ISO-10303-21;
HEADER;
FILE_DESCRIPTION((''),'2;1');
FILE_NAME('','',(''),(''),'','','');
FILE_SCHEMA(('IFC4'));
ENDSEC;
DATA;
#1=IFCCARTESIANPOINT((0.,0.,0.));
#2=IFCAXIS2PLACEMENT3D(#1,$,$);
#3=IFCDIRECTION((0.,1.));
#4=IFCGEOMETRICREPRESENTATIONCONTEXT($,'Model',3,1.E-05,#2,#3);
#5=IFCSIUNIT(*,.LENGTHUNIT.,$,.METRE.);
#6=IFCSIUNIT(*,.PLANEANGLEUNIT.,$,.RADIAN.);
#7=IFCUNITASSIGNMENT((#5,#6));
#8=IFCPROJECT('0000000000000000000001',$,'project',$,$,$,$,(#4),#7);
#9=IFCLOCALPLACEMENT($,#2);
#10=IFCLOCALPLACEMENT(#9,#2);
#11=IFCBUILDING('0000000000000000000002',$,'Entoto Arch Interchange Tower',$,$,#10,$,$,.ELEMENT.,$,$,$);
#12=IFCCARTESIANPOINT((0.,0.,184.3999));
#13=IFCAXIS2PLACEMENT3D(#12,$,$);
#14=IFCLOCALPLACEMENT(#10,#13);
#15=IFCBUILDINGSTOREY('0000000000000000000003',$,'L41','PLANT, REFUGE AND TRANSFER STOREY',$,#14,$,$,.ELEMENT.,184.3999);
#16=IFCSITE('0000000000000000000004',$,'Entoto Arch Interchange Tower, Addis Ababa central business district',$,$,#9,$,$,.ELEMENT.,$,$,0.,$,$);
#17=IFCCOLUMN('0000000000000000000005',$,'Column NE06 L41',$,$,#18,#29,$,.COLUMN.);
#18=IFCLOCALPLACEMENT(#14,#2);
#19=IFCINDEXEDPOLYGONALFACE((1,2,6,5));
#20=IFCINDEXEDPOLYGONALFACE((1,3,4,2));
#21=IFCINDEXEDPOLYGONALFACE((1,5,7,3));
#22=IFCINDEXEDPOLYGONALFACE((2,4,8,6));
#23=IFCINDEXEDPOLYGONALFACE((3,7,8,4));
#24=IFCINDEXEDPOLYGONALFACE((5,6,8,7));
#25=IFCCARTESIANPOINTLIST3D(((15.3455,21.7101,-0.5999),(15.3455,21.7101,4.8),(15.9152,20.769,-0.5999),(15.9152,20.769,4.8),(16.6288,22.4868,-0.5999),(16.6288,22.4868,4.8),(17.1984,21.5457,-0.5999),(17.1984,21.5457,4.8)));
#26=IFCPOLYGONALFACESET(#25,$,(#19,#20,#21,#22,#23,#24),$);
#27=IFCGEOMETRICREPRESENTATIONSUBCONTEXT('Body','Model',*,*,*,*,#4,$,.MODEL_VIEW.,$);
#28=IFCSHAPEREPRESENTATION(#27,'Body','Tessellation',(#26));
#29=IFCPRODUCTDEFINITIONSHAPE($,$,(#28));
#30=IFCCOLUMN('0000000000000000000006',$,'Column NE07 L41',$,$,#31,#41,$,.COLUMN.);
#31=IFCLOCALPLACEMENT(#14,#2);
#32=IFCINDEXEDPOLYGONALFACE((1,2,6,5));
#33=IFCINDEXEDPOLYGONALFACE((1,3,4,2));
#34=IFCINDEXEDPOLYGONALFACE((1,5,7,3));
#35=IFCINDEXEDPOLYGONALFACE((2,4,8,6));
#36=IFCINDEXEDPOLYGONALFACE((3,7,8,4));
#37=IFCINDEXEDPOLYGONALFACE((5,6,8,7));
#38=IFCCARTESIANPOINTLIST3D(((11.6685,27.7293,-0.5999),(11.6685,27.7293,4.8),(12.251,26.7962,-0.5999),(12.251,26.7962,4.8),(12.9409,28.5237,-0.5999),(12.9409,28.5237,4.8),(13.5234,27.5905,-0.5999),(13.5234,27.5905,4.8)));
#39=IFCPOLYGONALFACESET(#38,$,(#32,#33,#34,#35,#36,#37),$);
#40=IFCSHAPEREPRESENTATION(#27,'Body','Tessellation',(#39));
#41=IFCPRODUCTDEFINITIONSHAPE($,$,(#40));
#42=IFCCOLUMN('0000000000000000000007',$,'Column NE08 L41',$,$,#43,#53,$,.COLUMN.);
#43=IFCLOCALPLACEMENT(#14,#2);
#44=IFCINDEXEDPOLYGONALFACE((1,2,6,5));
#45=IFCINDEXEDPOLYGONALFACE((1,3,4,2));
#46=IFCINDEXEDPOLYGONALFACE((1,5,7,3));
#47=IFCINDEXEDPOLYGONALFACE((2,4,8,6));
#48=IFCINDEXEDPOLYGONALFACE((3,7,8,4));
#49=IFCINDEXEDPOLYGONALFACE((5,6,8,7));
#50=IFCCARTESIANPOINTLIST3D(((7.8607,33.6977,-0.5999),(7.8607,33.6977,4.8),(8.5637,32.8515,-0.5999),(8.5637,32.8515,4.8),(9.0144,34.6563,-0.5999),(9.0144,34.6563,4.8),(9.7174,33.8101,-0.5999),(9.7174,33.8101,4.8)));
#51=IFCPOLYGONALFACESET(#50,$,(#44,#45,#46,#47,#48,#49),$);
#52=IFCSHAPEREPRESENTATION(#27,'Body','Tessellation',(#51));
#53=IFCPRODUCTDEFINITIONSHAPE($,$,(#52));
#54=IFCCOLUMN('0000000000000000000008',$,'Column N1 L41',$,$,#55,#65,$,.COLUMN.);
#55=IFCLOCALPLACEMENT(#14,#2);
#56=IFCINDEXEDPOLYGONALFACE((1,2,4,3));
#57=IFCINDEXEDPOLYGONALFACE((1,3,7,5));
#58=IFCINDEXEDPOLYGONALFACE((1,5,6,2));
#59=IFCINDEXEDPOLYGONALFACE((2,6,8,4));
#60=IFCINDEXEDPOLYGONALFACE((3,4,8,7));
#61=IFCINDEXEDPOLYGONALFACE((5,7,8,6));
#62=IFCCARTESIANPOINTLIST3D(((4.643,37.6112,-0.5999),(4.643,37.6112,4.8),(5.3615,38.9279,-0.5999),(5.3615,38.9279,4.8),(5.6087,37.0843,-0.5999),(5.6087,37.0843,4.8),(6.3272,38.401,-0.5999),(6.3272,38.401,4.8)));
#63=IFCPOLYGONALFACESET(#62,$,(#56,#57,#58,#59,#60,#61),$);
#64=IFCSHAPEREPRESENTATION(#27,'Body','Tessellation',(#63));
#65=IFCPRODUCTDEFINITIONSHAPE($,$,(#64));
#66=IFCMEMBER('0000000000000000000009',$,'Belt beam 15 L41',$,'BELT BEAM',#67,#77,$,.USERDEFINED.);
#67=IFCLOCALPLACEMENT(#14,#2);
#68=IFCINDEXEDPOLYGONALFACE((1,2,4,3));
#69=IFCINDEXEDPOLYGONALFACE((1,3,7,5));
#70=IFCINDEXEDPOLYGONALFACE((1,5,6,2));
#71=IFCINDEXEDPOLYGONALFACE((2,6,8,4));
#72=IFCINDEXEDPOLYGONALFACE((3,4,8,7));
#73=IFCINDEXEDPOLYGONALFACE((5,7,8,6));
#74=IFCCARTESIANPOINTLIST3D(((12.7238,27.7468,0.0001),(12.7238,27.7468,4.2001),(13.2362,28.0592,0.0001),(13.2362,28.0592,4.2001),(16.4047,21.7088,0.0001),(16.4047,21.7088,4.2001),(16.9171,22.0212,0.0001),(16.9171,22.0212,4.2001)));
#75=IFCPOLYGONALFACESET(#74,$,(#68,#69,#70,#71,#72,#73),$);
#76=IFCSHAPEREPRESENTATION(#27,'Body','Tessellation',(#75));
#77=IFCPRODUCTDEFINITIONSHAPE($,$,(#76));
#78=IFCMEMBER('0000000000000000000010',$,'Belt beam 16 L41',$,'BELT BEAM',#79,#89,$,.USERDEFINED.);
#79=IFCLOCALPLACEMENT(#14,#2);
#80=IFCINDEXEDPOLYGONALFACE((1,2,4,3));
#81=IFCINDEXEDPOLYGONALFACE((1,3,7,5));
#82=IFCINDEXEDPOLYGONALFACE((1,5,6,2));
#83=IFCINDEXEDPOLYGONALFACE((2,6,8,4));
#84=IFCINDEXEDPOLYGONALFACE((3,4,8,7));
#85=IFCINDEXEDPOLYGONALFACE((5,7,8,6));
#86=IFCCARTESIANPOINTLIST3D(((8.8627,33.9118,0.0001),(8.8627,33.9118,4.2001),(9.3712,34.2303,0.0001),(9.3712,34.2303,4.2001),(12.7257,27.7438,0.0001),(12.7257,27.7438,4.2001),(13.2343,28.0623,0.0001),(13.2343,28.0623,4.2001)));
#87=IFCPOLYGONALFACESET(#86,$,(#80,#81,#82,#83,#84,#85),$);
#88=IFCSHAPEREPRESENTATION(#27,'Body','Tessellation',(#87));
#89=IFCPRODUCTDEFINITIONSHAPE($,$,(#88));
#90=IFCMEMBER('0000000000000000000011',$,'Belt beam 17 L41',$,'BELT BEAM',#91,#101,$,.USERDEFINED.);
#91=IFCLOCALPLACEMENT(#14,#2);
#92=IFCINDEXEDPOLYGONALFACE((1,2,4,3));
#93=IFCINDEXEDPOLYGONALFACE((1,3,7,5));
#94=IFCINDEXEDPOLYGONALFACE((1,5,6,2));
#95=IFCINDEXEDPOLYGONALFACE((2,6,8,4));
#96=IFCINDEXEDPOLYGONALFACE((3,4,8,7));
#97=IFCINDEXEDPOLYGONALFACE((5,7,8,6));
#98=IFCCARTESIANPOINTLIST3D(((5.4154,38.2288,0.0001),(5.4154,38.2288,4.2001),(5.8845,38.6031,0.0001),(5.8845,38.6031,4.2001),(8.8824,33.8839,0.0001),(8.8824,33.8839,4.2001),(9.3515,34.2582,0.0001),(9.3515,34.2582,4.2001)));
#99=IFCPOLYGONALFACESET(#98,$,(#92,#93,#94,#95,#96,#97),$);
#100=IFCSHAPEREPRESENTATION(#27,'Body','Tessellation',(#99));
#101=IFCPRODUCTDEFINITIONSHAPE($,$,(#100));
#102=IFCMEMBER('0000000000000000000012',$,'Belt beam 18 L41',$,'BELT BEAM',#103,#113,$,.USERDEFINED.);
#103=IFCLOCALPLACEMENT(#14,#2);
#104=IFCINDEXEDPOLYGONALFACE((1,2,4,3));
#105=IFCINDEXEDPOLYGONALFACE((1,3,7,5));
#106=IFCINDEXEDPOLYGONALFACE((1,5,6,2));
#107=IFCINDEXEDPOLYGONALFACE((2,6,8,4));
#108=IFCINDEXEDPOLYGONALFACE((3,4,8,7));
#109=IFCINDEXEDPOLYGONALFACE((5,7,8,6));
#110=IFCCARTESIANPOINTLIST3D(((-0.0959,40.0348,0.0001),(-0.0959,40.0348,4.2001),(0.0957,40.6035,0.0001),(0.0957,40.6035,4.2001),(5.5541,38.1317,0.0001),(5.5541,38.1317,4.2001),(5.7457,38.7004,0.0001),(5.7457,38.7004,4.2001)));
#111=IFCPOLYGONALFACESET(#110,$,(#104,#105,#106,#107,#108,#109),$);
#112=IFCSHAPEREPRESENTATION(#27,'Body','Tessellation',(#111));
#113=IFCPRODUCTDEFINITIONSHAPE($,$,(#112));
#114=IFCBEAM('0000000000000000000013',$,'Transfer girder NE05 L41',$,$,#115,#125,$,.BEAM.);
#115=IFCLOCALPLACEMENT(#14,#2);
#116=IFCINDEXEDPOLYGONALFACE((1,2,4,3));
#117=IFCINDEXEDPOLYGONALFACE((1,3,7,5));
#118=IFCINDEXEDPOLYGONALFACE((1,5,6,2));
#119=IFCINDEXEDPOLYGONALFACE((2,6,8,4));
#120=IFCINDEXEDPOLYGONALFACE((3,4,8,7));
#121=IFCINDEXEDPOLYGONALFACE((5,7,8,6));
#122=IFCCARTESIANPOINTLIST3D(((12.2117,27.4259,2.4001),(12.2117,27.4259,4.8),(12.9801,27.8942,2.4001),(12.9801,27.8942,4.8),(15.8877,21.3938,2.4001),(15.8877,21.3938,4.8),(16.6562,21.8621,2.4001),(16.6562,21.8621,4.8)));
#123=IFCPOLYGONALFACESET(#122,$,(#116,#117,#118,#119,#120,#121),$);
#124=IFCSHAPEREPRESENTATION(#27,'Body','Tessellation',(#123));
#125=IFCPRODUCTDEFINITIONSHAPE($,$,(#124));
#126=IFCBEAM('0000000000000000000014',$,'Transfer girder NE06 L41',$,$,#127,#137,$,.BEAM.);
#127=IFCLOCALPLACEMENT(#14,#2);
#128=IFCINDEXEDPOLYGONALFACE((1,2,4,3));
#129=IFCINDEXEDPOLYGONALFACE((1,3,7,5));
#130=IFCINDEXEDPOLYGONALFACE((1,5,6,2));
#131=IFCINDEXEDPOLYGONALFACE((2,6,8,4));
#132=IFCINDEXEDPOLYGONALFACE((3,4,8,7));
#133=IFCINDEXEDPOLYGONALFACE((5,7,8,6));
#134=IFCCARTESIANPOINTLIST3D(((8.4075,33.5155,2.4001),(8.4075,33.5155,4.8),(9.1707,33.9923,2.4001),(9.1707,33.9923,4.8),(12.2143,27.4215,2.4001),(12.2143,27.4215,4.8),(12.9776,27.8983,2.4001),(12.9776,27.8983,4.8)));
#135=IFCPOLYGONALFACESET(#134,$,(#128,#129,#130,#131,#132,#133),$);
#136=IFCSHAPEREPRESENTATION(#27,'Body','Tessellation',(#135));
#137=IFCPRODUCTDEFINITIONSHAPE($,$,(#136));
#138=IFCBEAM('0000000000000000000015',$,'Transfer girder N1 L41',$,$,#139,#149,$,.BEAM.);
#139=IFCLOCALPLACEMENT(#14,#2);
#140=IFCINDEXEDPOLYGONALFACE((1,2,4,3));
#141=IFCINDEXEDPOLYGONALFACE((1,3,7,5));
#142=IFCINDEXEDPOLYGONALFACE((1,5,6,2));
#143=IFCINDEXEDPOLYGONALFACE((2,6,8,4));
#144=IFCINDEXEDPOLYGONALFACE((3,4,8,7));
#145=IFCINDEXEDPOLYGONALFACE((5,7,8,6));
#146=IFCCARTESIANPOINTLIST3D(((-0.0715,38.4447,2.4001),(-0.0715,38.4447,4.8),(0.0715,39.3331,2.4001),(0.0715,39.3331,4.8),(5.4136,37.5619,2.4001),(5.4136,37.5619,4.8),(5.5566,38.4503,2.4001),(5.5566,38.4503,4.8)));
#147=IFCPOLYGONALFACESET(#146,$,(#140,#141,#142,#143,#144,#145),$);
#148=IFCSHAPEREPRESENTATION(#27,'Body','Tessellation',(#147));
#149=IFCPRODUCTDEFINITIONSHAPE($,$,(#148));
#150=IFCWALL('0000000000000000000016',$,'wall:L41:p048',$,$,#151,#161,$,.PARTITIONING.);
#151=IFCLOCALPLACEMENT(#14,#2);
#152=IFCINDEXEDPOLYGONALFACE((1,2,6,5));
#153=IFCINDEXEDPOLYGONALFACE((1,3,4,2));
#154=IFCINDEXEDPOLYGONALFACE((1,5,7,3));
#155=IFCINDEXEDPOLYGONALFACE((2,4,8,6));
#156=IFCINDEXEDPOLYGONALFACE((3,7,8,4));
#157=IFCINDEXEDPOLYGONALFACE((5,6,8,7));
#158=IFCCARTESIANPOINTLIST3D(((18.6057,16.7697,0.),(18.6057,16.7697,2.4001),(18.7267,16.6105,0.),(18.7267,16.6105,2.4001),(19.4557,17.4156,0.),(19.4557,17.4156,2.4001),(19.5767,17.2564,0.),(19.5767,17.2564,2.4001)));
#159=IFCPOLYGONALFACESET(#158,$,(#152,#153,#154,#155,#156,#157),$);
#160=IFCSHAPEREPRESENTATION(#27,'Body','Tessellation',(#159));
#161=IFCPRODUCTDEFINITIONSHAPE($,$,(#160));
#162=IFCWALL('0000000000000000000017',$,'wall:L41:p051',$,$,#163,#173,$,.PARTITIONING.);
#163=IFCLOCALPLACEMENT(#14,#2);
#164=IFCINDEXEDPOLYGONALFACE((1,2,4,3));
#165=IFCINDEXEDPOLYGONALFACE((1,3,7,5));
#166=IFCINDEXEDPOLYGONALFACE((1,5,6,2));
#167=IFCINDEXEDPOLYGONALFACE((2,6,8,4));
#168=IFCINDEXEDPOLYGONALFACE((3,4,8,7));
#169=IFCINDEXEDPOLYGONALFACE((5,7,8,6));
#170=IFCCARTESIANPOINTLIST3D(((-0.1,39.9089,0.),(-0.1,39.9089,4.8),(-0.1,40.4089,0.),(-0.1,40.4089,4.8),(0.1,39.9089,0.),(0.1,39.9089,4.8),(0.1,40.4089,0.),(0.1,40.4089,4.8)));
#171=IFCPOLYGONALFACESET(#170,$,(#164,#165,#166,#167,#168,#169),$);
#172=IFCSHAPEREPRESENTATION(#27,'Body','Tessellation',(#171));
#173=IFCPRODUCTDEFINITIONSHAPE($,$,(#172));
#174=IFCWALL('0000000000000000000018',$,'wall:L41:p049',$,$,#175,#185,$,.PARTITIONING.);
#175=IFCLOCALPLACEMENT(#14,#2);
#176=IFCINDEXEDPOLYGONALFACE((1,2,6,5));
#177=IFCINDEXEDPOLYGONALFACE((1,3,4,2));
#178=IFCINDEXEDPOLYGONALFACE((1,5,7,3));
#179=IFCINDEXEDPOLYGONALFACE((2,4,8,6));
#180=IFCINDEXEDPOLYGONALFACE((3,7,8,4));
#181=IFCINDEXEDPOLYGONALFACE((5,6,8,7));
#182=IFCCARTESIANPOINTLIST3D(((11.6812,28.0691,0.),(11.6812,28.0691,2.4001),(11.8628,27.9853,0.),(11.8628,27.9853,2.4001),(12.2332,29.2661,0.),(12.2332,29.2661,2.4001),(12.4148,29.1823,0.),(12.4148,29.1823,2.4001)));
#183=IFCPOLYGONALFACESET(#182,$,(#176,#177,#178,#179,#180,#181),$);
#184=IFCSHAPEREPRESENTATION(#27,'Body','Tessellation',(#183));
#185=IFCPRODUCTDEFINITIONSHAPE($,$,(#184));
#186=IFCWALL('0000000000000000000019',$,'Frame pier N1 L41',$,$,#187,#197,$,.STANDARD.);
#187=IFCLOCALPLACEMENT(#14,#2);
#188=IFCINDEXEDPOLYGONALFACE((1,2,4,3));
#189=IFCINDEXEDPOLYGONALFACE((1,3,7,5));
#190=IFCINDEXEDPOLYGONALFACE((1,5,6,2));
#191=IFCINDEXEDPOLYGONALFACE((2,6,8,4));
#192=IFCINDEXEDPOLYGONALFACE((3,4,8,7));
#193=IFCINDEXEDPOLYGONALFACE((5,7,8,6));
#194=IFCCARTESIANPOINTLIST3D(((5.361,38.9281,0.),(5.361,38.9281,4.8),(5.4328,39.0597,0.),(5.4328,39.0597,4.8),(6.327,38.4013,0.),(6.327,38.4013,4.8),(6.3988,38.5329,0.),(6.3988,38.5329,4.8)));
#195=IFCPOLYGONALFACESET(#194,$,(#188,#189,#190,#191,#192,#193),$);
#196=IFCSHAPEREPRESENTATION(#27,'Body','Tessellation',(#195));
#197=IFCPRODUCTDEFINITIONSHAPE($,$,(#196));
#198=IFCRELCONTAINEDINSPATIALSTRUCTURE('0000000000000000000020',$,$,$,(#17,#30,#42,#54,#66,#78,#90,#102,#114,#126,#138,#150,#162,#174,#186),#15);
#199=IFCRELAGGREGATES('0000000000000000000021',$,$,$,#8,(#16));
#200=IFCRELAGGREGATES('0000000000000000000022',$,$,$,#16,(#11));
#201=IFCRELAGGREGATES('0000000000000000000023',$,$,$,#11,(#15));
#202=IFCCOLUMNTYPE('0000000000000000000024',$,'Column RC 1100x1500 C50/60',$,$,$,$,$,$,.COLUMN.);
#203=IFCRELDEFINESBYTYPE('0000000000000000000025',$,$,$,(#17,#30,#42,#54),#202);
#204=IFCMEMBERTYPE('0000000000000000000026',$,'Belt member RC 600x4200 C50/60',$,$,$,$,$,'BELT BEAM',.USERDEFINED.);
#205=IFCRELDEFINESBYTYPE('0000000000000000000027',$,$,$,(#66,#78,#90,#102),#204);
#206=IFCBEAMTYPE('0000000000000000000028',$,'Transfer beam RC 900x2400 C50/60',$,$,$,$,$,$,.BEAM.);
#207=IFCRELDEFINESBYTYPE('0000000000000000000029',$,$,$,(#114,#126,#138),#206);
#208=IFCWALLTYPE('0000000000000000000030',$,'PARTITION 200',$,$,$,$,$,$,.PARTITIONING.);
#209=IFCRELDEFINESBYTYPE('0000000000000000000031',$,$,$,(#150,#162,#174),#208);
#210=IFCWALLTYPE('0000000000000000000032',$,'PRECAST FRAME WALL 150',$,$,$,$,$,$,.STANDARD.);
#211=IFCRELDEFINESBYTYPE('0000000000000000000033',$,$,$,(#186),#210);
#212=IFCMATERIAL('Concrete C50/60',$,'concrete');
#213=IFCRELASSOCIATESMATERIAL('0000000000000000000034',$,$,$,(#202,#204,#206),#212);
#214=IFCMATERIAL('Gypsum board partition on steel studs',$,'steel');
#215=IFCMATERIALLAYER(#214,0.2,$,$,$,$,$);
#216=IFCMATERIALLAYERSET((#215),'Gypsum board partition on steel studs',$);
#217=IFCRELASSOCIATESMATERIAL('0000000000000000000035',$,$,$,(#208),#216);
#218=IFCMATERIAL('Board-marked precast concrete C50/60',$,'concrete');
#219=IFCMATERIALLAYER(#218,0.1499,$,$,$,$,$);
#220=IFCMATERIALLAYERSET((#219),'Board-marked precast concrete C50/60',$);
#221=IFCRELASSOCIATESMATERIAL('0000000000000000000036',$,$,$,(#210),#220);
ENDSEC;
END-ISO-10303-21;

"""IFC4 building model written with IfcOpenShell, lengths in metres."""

from ifc_helpers import new_model, si_unit, direction, frame, frame_2d, origin, origin_2d, place, context, subcontext, project, spatial, rectangle, extrude, material, layer, layer_set, material_profile, profile_set, type_object, element, save


model = new_model("IFC4")

# Units and contexts
model_context = context("Model", 3, precision=1e-05, world=origin(), true_north=direction((0.0, 1.0)))
body_context = subcontext(model_context, "Body", "Model", "MODEL_VIEW")
ifc_project = project(units=[si_unit("LENGTHUNIT", "METRE"), si_unit("PLANEANGLEUNIT", "RADIAN")], contexts=[model_context])

# Site, building, storey
site_placement = place(None, origin())
site = spatial("IfcSite", under=ifc_project, at=site_placement, Name="Entoto Arch Interchange Tower, Addis Ababa central business district", CompositionType="ELEMENT", RefElevation=0.0)
building_placement = place(site_placement, origin())
building = spatial("IfcBuilding", under=site, at=building_placement, Name="Entoto Arch Interchange Tower", CompositionType="ELEMENT")
storey_placement = place(building_placement, frame((0.0, 0.0, 184.3999)))
storey = spatial("IfcBuildingStorey", under=building, at=storey_placement, Name="L41", Description="PLANT, REFUGE AND TRANSFER STOREY", CompositionType="ELEMENT", Elevation=184.3999)

# Columns
ifc_material_1 = material(Name="Concrete C50/60", Category="concrete")
ifc_material_profile_1 = material_profile(ifc_material_1, rectangle(XDim=1.1001, YDim=1.5, at=origin_2d()))
ifc_profile_set_1 = profile_set([ifc_material_profile_1], Name="Concrete C50/60")
column_type = type_object("IfcColumnType", Name="Column RC 1100x1500 C50/60", PredefinedType="COLUMN", material=ifc_profile_set_1)
for number, where, z_axis, x_axis, name in (
    (1, (16.272, 21.6279, -0.5999), (0.0, 0.0, 1.0), (-0.517803, 0.8555, 0.0), "Column NE06 L41"),
    (2, (12.5959, 27.6599, -0.5999), (0.0, 0.0, 1.0), (-0.529549, 0.848279, 0.0), "Column NE07 L41"),
    (3, (8.7891, 33.7539, -0.5999), (0.0, 0.0, 1.0), (-0.63905, 0.769165, 0.0), "Column NE08 L41"),
    (4, (5.4851, 38.0061, -0.5999), (0.0, 0.0, 1.0), (-0.877833, 0.478968, 0.0), "Column N1 L41"),
):
    element("IfcColumn", number, at=place(storey_placement, frame(where, z_axis=z_axis, x_axis=x_axis)), inside=storey, type_object=column_type, Name=name, PredefinedType="COLUMN", context=body_context, shape_type="SweptSolid", body=[
        extrude(rectangle(XDim=1.1001, YDim=1.5, at=origin_2d()), origin(), (0.0, 0.0, 1.0), 5.3999),
    ])

# Members
ifc_material_profile_2 = material_profile(ifc_material_1, rectangle(XDim=0.6001, YDim=4.2, at=origin_2d()))
ifc_profile_set_2 = profile_set([ifc_material_profile_2], Name="Concrete C50/60")
member_type = type_object("IfcMemberType", Name="Belt member RC 600x4200 C50/60", ElementType="BELT BEAM", PredefinedType="USERDEFINED", material=ifc_profile_set_2)
member_1_placement = place(storey_placement, frame((16.6609, 21.865, 2.1001), z_axis=(-0.52052, 0.85385, 0.0), x_axis=(-0.85385, -0.52052, 0.0)))
element("IfcMember", 5, at=member_1_placement, inside=storey, type_object=member_type, Name="Belt beam 15 L41", ObjectType="BELT BEAM", PredefinedType="USERDEFINED", context=body_context, shape_type="SweptSolid", body=[
    extrude(rectangle(XDim=0.6001, YDim=4.2, at=origin_2d()), origin(), (0.0, 0.0, 1.0), 7.0715),
])
member_2_placement = place(storey_placement, frame((12.98, 27.9031, 2.1001), z_axis=(-0.530795, 0.8475, 0.0), x_axis=(-0.8475, -0.530795, 0.0)))
element("IfcMember", 6, at=member_2_placement, inside=storey, type_object=member_type, Name="Belt beam 16 L41", ObjectType="BELT BEAM", PredefinedType="USERDEFINED", context=body_context, shape_type="SweptSolid", body=[
    extrude(rectangle(XDim=0.6001, YDim=4.2, at=origin_2d()), origin(), (0.0, 0.0, 1.0), 7.2778),
])
member_3_placement = place(storey_placement, frame((9.1169, 34.071, 2.1001), z_axis=(-0.623714, 0.781652, 0.0), x_axis=(-0.781652, -0.623714, 0.0)))
element("IfcMember", 7, at=member_3_placement, inside=storey, type_object=member_type, Name="Belt beam 17 L41", ObjectType="BELT BEAM", PredefinedType="USERDEFINED", context=body_context, shape_type="SweptSolid", body=[
    extrude(rectangle(XDim=0.6001, YDim=4.2, at=origin_2d()), origin(), (0.0, 0.0, 1.0), 5.5586),
])
member_4_placement = place(storey_placement, frame((5.6499, 38.416, 2.1001), z_axis=(-0.947683, 0.319212, 0.0), x_axis=(-0.319212, -0.947683, 0.0)))
element("IfcMember", 8, at=member_4_placement, inside=storey, type_object=member_type, Name="Belt beam 18 L41", ObjectType="BELT BEAM", PredefinedType="USERDEFINED", context=body_context, shape_type="SweptSolid", body=[
    extrude(rectangle(XDim=0.6001, YDim=4.2, at=origin_2d()), origin(), (0.0, 0.0, 1.0), 5.9619),
])

# Beams
ifc_material_profile_3 = material_profile(ifc_material_1, rectangle(XDim=0.8999, YDim=2.3999, at=origin_2d()))
ifc_profile_set_3 = profile_set([ifc_material_profile_3], Name="Concrete C50/60")
beam_type = type_object("IfcBeamType", Name="Transfer beam RC 900x2400 C50/60", PredefinedType="BEAM", material=ifc_profile_set_3)
beam_1_placement = place(storey_placement, frame((16.272, 21.6279, 3.6001), z_axis=(-0.5204, 0.853923, 0.0), x_axis=(-0.853923, -0.5204, 0.0)))
element("IfcBeam", 9, at=beam_1_placement, inside=storey, type_object=beam_type, Name="Transfer girder NE05 L41", PredefinedType="BEAM", context=body_context, shape_type="SweptSolid", body=[
    extrude(rectangle(XDim=0.8999, YDim=2.3999, at=origin_2d()), origin(), (0.0, 0.0, 1.0), 7.064),
])
beam_2_placement = place(storey_placement, frame((12.5959, 27.6599, 3.6001), z_axis=(-0.529813, 0.848115, 0.0), x_axis=(-0.848115, -0.529813, 0.0)))
element("IfcBeam", 10, at=beam_2_placement, inside=storey, type_object=beam_type, Name="Transfer girder NE06 L41", PredefinedType="BEAM", context=body_context, shape_type="SweptSolid", body=[
    extrude(rectangle(XDim=0.8999, YDim=2.3999, at=origin_2d()), origin(), (0.0, 0.0, 1.0), 7.1853),
])
beam_3_placement = place(storey_placement, frame((5.4851, 38.0061, 3.6001), z_axis=(-0.987294, 0.158902, 0.0), x_axis=(-0.158902, -0.987294, 0.0)))
element("IfcBeam", 11, at=beam_3_placement, inside=storey, type_object=beam_type, Name="Transfer girder N1 L41", PredefinedType="BEAM", context=body_context, shape_type="SweptSolid", body=[
    extrude(rectangle(XDim=0.8999, YDim=2.3999, at=origin_2d()), origin(), (0.0, 0.0, 1.0), 5.5557),
])

# Walls
ifc_material_2 = material(Name="Gypsum board partition on steel studs", Category="steel")
ifc_layer_1 = layer(ifc_material_2, 0.2)
ifc_layer_set_1 = layer_set([ifc_layer_1], Name="Gypsum board partition on steel studs")
wall_type_1 = type_object("IfcWallType", Name="PARTITION 200", PredefinedType="PARTITIONING", material=ifc_layer_set_1)
wall_1_placement = place(storey_placement, frame((19.5161, 17.3359, 0.0), z_axis=(0.0, 0.0, 1.0), x_axis=(-0.796197, -0.605037, 0.0)))
element("IfcWall", 12, at=wall_1_placement, inside=storey, type_object=wall_type_1, Name="wall:L41:p048", PredefinedType="PARTITIONING", context=body_context, shape_type="SweptSolid", body=[
    extrude(rectangle(XDim=1.0676, YDim=0.2, at=frame_2d((0.5337, 0.0))), origin(), (0.0, 0.0, 1.0), 2.4001),
])
wall_2_placement = place(storey_placement, frame((0.0, 39.9089, 0.0), z_axis=(0.0, 0.0, 1.0), x_axis=(0.0, 1.0, 0.0)))
element("IfcWall", 13, at=wall_2_placement, inside=storey, type_object=wall_type_1, Name="wall:L41:p051", PredefinedType="PARTITIONING", context=body_context, shape_type="SweptSolid", body=[
    extrude(rectangle(XDim=0.5, YDim=0.2, at=frame_2d((0.25, 0.0))), origin(), (0.0, 0.0, 1.0), 4.8),
])
wall_3_placement = place(storey_placement, frame((11.772, 28.0271, 0.0), z_axis=(0.0, 0.0, 1.0), x_axis=(0.418765, 0.908095, 0.0)))
element("IfcWall", 14, at=wall_3_placement, inside=storey, type_object=wall_type_1, Name="wall:L41:p049", PredefinedType="PARTITIONING", context=body_context, shape_type="SweptSolid", body=[
    extrude(rectangle(XDim=1.3181, YDim=0.2, at=frame_2d((0.6592, 0.0))), origin(), (0.0, 0.0, 1.0), 2.4001),
])
ifc_material_3 = material(Name="Board-marked precast concrete C50/60", Category="concrete")
ifc_layer_2 = layer(ifc_material_3, 0.1499)
ifc_layer_set_2 = layer_set([ifc_layer_2], Name="Board-marked precast concrete C50/60")
wall_type_2 = type_object("IfcWallType", Name="PRECAST FRAME WALL 150", PredefinedType="STANDARD", material=ifc_layer_set_2)
wall_4_placement = place(storey_placement, frame((6.363, 38.467, 0.0), z_axis=(0.0, 0.0, 1.0), x_axis=(-0.877929, 0.47879, 0.0)))
element("IfcWall", 15, at=wall_4_placement, inside=storey, type_object=wall_type_2, Name="Frame pier N1 L41", PredefinedType="STANDARD", context=body_context, shape_type="SweptSolid", body=[
    extrude(rectangle(XDim=1.1003, YDim=0.1499, at=frame_2d((0.5503, 0.0))), origin(), (0.0, 0.0, 1.0), 4.8),
])

save(model, "model.ifc")
